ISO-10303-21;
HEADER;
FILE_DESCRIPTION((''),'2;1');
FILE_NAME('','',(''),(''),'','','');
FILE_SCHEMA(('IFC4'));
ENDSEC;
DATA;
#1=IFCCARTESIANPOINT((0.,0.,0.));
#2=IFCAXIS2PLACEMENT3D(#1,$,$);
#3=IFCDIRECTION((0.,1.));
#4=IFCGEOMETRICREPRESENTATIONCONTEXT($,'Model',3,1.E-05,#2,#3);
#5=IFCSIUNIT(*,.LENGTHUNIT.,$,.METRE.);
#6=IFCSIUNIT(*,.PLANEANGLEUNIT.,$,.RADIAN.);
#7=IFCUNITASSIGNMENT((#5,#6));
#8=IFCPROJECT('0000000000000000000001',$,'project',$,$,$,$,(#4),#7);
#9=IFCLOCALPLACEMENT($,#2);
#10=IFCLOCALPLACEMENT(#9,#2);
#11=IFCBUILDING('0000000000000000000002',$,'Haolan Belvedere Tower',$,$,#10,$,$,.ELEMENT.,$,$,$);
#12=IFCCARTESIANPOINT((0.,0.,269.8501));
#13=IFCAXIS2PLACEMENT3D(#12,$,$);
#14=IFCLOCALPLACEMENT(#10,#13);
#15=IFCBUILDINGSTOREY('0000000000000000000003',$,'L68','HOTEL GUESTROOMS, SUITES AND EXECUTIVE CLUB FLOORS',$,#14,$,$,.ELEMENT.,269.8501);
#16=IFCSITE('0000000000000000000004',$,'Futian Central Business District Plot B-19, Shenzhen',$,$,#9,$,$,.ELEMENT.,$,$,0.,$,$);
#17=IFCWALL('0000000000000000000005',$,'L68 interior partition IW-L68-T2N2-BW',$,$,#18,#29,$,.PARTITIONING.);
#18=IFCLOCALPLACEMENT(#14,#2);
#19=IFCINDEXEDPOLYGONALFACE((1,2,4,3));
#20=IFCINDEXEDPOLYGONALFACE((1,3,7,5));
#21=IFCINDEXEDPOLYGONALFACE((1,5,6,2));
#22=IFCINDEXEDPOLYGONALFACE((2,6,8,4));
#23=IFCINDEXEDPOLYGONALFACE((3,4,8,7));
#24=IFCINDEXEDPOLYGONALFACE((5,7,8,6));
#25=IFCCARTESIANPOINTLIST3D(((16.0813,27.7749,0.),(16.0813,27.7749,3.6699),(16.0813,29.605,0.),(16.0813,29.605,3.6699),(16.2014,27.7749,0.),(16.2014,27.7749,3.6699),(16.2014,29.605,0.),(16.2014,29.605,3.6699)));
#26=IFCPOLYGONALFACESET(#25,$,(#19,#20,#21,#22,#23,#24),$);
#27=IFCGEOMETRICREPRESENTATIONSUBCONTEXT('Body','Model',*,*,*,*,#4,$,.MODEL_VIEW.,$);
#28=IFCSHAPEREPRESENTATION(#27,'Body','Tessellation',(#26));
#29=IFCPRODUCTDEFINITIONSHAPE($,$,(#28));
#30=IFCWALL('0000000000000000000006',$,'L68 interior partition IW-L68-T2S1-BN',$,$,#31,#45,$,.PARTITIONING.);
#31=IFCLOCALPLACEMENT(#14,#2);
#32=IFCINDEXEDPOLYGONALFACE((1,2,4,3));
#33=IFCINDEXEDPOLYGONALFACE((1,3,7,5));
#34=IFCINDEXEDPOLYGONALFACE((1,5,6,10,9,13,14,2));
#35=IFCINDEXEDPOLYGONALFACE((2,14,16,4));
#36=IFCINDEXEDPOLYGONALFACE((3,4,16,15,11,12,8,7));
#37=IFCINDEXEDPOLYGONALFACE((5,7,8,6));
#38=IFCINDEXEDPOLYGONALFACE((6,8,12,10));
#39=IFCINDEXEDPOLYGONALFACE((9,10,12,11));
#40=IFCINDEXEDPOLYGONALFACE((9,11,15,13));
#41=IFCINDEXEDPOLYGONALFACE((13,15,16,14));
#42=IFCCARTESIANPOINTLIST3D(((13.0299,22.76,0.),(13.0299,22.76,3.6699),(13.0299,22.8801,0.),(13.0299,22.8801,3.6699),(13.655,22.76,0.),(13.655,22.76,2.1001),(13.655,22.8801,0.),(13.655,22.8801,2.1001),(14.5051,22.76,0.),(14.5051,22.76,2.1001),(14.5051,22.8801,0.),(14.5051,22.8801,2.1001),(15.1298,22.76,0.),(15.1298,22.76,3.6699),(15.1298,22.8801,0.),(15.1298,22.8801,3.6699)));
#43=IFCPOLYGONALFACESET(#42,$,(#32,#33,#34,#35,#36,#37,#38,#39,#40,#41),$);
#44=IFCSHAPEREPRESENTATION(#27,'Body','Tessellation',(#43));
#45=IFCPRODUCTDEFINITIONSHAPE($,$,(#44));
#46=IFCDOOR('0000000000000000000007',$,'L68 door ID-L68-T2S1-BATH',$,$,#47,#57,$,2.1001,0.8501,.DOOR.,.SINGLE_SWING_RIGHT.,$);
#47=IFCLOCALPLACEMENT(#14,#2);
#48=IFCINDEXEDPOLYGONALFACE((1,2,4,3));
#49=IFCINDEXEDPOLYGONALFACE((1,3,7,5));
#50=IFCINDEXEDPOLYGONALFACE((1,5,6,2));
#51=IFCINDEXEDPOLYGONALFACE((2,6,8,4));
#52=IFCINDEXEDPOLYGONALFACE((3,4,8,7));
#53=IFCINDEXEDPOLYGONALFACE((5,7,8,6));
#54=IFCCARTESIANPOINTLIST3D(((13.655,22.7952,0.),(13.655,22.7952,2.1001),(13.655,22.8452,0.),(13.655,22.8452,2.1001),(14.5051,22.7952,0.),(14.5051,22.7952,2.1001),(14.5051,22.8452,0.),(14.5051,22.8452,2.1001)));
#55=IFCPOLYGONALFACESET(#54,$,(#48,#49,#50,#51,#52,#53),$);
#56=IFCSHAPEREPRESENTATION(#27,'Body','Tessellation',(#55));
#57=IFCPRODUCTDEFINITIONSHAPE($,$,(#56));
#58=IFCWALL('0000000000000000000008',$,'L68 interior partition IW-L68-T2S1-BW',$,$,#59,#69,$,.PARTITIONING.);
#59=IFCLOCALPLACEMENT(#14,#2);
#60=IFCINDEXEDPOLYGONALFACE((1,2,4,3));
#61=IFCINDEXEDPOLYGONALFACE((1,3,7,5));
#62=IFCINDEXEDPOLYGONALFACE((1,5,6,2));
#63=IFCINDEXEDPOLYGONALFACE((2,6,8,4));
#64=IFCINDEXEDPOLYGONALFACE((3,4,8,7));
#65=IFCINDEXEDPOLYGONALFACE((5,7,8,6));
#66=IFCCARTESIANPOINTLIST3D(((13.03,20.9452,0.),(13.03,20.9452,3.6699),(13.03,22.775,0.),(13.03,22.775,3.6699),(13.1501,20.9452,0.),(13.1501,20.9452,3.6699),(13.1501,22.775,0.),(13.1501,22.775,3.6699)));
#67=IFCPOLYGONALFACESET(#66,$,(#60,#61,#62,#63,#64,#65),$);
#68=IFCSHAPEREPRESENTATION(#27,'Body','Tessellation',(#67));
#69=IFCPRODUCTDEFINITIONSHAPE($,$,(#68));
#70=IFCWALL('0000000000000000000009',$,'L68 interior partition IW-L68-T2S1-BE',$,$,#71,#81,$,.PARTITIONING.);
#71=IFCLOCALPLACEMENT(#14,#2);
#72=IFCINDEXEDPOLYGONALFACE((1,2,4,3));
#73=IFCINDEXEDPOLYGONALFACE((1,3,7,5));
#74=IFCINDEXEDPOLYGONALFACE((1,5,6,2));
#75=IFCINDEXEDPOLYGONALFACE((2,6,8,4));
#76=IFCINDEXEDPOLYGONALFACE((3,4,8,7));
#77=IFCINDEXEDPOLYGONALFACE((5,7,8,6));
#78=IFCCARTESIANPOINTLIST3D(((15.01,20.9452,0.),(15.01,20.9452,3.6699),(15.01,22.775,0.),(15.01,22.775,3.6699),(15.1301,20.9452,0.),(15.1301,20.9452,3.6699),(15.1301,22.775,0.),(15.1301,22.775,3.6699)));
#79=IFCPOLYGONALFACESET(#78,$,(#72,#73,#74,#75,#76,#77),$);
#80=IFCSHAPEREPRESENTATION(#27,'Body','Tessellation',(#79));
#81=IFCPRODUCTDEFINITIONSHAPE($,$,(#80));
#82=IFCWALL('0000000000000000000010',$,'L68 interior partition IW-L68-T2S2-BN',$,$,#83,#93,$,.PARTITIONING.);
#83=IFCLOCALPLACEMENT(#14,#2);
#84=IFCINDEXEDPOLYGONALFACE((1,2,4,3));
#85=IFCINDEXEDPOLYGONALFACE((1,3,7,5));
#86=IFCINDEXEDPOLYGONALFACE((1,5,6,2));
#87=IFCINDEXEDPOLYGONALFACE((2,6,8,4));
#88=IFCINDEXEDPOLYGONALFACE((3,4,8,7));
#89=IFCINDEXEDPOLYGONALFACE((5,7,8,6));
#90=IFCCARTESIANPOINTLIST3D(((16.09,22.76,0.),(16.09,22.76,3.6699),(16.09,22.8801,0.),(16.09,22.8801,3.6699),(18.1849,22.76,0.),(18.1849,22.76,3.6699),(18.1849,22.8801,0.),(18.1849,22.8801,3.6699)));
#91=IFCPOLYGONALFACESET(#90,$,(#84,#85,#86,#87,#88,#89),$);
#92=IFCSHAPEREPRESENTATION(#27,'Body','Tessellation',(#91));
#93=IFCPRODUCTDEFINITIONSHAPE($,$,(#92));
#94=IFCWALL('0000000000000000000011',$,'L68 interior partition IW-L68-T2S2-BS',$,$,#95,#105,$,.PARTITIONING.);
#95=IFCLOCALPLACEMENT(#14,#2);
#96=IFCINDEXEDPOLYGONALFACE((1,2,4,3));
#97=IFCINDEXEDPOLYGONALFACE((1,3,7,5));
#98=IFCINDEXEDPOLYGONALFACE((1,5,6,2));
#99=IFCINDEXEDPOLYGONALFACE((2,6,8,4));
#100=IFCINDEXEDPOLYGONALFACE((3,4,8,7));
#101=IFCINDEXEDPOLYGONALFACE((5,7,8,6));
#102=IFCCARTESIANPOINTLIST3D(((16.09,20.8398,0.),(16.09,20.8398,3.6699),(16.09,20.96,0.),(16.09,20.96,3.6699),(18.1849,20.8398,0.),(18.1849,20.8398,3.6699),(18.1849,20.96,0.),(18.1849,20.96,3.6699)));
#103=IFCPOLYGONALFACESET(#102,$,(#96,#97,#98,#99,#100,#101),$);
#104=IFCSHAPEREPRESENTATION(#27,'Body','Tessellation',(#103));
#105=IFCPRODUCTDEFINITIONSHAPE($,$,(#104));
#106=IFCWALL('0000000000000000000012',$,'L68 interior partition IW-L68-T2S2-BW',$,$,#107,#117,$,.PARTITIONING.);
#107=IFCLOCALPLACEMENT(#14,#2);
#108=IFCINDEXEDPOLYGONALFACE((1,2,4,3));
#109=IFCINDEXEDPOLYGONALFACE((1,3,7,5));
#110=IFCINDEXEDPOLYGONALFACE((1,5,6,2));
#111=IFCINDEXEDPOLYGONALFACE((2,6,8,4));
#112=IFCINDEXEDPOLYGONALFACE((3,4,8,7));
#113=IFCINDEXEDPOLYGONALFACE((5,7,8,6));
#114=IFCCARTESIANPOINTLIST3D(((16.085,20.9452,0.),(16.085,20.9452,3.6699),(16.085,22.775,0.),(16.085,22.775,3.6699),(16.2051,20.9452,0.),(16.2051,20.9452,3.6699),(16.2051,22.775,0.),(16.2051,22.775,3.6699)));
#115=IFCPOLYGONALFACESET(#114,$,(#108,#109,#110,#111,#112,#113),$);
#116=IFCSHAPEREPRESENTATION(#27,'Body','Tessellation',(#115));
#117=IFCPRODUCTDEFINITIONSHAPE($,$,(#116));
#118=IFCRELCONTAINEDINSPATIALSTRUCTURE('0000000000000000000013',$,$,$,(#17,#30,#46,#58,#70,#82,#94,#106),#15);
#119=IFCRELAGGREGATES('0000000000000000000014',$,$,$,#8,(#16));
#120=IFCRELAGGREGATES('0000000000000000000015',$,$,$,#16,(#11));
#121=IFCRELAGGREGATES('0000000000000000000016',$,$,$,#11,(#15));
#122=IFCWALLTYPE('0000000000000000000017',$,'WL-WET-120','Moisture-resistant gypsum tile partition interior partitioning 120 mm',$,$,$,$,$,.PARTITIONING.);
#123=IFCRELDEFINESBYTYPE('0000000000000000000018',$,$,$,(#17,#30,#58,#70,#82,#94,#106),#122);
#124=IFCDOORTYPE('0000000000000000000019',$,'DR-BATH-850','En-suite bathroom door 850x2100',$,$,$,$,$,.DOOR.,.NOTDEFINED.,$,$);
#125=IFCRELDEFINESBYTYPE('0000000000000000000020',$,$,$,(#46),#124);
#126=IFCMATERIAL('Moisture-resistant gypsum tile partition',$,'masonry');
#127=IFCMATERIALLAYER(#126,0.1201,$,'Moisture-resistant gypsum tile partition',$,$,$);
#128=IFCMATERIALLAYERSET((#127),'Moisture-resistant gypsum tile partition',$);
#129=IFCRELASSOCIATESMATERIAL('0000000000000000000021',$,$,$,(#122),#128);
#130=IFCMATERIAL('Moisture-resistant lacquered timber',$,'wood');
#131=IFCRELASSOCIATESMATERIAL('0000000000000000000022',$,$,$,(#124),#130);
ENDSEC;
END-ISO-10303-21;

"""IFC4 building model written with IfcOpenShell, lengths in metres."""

from ifc_helpers import new_model, si_unit, direction, frame, frame_2d, origin, place, context, subcontext, project, spatial, rectangle, extrude, material, layer, layer_set, type_object, element, fill, save


model = new_model("IFC4")

# Units and contexts
model_context = context("Model", 3, precision=1e-05, world=origin(), true_north=direction((0.0, 1.0)))
body_context = subcontext(model_context, "Body", "Model", "MODEL_VIEW")
ifc_project = project(units=[si_unit("LENGTHUNIT", "METRE"), si_unit("PLANEANGLEUNIT", "RADIAN")], contexts=[model_context])

# Site, building, storey
site_placement = place(None, origin())
site = spatial("IfcSite", under=ifc_project, at=site_placement, Name="Futian Central Business District Plot B-19, Shenzhen", CompositionType="ELEMENT", RefElevation=0.0)
building_placement = place(site_placement, origin())
building = spatial("IfcBuilding", under=site, at=building_placement, Name="Haolan Belvedere Tower", CompositionType="ELEMENT")
storey_placement = place(building_placement, frame((0.0, 0.0, 269.8501)))
storey = spatial("IfcBuildingStorey", under=building, at=storey_placement, Name="L68", Description="HOTEL GUESTROOMS, SUITES AND EXECUTIVE CLUB FLOORS", CompositionType="ELEMENT", Elevation=269.8501)

# Wall
ifc_material_1 = material(Name="Moisture-resistant gypsum tile partition", Category="masonry")
ifc_layer_1 = layer(ifc_material_1, 0.1201, Name="Moisture-resistant gypsum tile partition")
ifc_layer_set_1 = layer_set([ifc_layer_1], Name="Moisture-resistant gypsum tile partition")
wall_type_1 = type_object("IfcWallType", Name="WL-WET-120", Description="Moisture-resistant gypsum tile partition interior partitioning 120 mm", PredefinedType="PARTITIONING", material=ifc_layer_set_1)
wall_1_placement = place(storey_placement, frame((16.1414, 27.7749, 0.0), z_axis=(0.0, 0.0, 1.0), x_axis=(0.0, 1.0, 0.0)))
element("IfcWall", 1, at=wall_1_placement, inside=storey, type_object=wall_type_1, Name="L68 interior partition IW-L68-T2N2-BW", PredefinedType="PARTITIONING", context=body_context, shape_type="SweptSolid", body=[
    extrude(rectangle(XDim=1.8301, YDim=0.1201, at=frame_2d((0.915, 0.0))), origin(), (0.0, 0.0, 1.0), 3.6699),
])

# Wall, opening, door
wall_2_placement = place(storey_placement, frame((13.03, 22.8201, 0.0), z_axis=(0.0, 0.0, 1.0), x_axis=(1.0, 0.0, 0.0)))
wall_2 = element("IfcWall", 2, at=wall_2_placement, inside=storey, type_object=wall_type_1, Name="L68 interior partition IW-L68-T2S1-BN", PredefinedType="PARTITIONING", context=body_context, shape_type="SweptSolid", body=[
    extrude(rectangle(XDim=2.0999, YDim=0.1201, at=frame_2d((1.0498, 0.0))), origin(), (0.0, 0.0, 1.0), 3.6699),
])
opening_1_placement = place(wall_2_placement, frame((1.4751, 0.0, 0.0), z_axis=(0.0, 0.0, 1.0), x_axis=(-1.0, 0.0, 0.0)))
opening_1 = element("IfcOpeningElement", 3, at=opening_1_placement, cuts=wall_2, PredefinedType="OPENING", context=body_context, shape_type="SweptSolid", body=[
    extrude(rectangle(XDim=0.8501, YDim=2.1001, at=frame_2d((0.425, 1.05))), frame((0.0, 0.0701, 0.0), z_axis=(0.0, -1.0, 0.0), x_axis=(1.0, 0.0, 0.0)), (0.0, 0.0, 1.0), 0.1401),
])
ifc_material_2 = material(Name="Moisture-resistant lacquered timber", Category="wood")
door_type_1 = type_object("IfcDoorType", Name="DR-BATH-850", Description="En-suite bathroom door 850x2100", OperationType="NOTDEFINED", PredefinedType="DOOR", material=ifc_material_2)
door_1_placement = place(opening_1_placement, origin())
door_1 = element("IfcDoor", 4, at=door_1_placement, inside=storey, type_object=door_type_1, Name="L68 door ID-L68-T2S1-BATH", OperationType="SINGLE_SWING_RIGHT", OverallHeight=2.1001, OverallWidth=0.8501, PredefinedType="DOOR", context=body_context, shape_type="SweptSolid", body=[
    extrude(rectangle(XDim=0.8501, YDim=2.1001, at=frame_2d((0.425, 1.05))), frame((0.0, 0.0249, 0.0), z_axis=(0.0, -1.0, 0.0), x_axis=(1.0, 0.0, 0.0)), (0.0, 0.0, 1.0), 0.05),
])
fill(opening_1, door_1)

# Walls
for number, where, z_axis, x_axis, name in (
    (5, (13.0901, 20.9451, 0.0), (0.0, 0.0, 1.0), (0.0, 1.0, 0.0), "L68 interior partition IW-L68-T2S1-BW"),
    (6, (15.0701, 20.9451, 0.0), (0.0, 0.0, 1.0), (0.0, 1.0, 0.0), "L68 interior partition IW-L68-T2S1-BE"),
):
    element("IfcWall", number, at=place(storey_placement, frame(where, z_axis=z_axis, x_axis=x_axis)), inside=storey, type_object=wall_type_1, Name=name, PredefinedType="PARTITIONING", context=body_context, shape_type="SweptSolid", body=[
        extrude(rectangle(XDim=1.8298, YDim=0.1201, at=frame_2d((0.915, 0.0))), origin(), (0.0, 0.0, 1.0), 3.6699),
    ])
for number, where, z_axis, x_axis, name in (
    (7, (16.0901, 22.8201, 0.0), (0.0, 0.0, 1.0), (1.0, 0.0, 0.0), "L68 interior partition IW-L68-T2S2-BN"),
    (8, (16.0901, 20.8999, 0.0), (0.0, 0.0, 1.0), (1.0, 0.0, 0.0), "L68 interior partition IW-L68-T2S2-BS"),
):
    element("IfcWall", number, at=place(storey_placement, frame(where, z_axis=z_axis, x_axis=x_axis)), inside=storey, type_object=wall_type_1, Name=name, PredefinedType="PARTITIONING", context=body_context, shape_type="SweptSolid", body=[
        extrude(rectangle(XDim=2.095, YDim=0.1201, at=frame_2d((1.0474, 0.0))), origin(), (0.0, 0.0, 1.0), 3.6699),
    ])
wall_3_placement = place(storey_placement, frame((16.145, 20.9451, 0.0), z_axis=(0.0, 0.0, 1.0), x_axis=(0.0, 1.0, 0.0)))
element("IfcWall", 9, at=wall_3_placement, inside=storey, type_object=wall_type_1, Name="L68 interior partition IW-L68-T2S2-BW", PredefinedType="PARTITIONING", context=body_context, shape_type="SweptSolid", body=[
    extrude(rectangle(XDim=1.8298, YDim=0.1201, at=frame_2d((0.915, 0.0))), origin(), (0.0, 0.0, 1.0), 3.6699),
])

save(model, "model.ifc")
